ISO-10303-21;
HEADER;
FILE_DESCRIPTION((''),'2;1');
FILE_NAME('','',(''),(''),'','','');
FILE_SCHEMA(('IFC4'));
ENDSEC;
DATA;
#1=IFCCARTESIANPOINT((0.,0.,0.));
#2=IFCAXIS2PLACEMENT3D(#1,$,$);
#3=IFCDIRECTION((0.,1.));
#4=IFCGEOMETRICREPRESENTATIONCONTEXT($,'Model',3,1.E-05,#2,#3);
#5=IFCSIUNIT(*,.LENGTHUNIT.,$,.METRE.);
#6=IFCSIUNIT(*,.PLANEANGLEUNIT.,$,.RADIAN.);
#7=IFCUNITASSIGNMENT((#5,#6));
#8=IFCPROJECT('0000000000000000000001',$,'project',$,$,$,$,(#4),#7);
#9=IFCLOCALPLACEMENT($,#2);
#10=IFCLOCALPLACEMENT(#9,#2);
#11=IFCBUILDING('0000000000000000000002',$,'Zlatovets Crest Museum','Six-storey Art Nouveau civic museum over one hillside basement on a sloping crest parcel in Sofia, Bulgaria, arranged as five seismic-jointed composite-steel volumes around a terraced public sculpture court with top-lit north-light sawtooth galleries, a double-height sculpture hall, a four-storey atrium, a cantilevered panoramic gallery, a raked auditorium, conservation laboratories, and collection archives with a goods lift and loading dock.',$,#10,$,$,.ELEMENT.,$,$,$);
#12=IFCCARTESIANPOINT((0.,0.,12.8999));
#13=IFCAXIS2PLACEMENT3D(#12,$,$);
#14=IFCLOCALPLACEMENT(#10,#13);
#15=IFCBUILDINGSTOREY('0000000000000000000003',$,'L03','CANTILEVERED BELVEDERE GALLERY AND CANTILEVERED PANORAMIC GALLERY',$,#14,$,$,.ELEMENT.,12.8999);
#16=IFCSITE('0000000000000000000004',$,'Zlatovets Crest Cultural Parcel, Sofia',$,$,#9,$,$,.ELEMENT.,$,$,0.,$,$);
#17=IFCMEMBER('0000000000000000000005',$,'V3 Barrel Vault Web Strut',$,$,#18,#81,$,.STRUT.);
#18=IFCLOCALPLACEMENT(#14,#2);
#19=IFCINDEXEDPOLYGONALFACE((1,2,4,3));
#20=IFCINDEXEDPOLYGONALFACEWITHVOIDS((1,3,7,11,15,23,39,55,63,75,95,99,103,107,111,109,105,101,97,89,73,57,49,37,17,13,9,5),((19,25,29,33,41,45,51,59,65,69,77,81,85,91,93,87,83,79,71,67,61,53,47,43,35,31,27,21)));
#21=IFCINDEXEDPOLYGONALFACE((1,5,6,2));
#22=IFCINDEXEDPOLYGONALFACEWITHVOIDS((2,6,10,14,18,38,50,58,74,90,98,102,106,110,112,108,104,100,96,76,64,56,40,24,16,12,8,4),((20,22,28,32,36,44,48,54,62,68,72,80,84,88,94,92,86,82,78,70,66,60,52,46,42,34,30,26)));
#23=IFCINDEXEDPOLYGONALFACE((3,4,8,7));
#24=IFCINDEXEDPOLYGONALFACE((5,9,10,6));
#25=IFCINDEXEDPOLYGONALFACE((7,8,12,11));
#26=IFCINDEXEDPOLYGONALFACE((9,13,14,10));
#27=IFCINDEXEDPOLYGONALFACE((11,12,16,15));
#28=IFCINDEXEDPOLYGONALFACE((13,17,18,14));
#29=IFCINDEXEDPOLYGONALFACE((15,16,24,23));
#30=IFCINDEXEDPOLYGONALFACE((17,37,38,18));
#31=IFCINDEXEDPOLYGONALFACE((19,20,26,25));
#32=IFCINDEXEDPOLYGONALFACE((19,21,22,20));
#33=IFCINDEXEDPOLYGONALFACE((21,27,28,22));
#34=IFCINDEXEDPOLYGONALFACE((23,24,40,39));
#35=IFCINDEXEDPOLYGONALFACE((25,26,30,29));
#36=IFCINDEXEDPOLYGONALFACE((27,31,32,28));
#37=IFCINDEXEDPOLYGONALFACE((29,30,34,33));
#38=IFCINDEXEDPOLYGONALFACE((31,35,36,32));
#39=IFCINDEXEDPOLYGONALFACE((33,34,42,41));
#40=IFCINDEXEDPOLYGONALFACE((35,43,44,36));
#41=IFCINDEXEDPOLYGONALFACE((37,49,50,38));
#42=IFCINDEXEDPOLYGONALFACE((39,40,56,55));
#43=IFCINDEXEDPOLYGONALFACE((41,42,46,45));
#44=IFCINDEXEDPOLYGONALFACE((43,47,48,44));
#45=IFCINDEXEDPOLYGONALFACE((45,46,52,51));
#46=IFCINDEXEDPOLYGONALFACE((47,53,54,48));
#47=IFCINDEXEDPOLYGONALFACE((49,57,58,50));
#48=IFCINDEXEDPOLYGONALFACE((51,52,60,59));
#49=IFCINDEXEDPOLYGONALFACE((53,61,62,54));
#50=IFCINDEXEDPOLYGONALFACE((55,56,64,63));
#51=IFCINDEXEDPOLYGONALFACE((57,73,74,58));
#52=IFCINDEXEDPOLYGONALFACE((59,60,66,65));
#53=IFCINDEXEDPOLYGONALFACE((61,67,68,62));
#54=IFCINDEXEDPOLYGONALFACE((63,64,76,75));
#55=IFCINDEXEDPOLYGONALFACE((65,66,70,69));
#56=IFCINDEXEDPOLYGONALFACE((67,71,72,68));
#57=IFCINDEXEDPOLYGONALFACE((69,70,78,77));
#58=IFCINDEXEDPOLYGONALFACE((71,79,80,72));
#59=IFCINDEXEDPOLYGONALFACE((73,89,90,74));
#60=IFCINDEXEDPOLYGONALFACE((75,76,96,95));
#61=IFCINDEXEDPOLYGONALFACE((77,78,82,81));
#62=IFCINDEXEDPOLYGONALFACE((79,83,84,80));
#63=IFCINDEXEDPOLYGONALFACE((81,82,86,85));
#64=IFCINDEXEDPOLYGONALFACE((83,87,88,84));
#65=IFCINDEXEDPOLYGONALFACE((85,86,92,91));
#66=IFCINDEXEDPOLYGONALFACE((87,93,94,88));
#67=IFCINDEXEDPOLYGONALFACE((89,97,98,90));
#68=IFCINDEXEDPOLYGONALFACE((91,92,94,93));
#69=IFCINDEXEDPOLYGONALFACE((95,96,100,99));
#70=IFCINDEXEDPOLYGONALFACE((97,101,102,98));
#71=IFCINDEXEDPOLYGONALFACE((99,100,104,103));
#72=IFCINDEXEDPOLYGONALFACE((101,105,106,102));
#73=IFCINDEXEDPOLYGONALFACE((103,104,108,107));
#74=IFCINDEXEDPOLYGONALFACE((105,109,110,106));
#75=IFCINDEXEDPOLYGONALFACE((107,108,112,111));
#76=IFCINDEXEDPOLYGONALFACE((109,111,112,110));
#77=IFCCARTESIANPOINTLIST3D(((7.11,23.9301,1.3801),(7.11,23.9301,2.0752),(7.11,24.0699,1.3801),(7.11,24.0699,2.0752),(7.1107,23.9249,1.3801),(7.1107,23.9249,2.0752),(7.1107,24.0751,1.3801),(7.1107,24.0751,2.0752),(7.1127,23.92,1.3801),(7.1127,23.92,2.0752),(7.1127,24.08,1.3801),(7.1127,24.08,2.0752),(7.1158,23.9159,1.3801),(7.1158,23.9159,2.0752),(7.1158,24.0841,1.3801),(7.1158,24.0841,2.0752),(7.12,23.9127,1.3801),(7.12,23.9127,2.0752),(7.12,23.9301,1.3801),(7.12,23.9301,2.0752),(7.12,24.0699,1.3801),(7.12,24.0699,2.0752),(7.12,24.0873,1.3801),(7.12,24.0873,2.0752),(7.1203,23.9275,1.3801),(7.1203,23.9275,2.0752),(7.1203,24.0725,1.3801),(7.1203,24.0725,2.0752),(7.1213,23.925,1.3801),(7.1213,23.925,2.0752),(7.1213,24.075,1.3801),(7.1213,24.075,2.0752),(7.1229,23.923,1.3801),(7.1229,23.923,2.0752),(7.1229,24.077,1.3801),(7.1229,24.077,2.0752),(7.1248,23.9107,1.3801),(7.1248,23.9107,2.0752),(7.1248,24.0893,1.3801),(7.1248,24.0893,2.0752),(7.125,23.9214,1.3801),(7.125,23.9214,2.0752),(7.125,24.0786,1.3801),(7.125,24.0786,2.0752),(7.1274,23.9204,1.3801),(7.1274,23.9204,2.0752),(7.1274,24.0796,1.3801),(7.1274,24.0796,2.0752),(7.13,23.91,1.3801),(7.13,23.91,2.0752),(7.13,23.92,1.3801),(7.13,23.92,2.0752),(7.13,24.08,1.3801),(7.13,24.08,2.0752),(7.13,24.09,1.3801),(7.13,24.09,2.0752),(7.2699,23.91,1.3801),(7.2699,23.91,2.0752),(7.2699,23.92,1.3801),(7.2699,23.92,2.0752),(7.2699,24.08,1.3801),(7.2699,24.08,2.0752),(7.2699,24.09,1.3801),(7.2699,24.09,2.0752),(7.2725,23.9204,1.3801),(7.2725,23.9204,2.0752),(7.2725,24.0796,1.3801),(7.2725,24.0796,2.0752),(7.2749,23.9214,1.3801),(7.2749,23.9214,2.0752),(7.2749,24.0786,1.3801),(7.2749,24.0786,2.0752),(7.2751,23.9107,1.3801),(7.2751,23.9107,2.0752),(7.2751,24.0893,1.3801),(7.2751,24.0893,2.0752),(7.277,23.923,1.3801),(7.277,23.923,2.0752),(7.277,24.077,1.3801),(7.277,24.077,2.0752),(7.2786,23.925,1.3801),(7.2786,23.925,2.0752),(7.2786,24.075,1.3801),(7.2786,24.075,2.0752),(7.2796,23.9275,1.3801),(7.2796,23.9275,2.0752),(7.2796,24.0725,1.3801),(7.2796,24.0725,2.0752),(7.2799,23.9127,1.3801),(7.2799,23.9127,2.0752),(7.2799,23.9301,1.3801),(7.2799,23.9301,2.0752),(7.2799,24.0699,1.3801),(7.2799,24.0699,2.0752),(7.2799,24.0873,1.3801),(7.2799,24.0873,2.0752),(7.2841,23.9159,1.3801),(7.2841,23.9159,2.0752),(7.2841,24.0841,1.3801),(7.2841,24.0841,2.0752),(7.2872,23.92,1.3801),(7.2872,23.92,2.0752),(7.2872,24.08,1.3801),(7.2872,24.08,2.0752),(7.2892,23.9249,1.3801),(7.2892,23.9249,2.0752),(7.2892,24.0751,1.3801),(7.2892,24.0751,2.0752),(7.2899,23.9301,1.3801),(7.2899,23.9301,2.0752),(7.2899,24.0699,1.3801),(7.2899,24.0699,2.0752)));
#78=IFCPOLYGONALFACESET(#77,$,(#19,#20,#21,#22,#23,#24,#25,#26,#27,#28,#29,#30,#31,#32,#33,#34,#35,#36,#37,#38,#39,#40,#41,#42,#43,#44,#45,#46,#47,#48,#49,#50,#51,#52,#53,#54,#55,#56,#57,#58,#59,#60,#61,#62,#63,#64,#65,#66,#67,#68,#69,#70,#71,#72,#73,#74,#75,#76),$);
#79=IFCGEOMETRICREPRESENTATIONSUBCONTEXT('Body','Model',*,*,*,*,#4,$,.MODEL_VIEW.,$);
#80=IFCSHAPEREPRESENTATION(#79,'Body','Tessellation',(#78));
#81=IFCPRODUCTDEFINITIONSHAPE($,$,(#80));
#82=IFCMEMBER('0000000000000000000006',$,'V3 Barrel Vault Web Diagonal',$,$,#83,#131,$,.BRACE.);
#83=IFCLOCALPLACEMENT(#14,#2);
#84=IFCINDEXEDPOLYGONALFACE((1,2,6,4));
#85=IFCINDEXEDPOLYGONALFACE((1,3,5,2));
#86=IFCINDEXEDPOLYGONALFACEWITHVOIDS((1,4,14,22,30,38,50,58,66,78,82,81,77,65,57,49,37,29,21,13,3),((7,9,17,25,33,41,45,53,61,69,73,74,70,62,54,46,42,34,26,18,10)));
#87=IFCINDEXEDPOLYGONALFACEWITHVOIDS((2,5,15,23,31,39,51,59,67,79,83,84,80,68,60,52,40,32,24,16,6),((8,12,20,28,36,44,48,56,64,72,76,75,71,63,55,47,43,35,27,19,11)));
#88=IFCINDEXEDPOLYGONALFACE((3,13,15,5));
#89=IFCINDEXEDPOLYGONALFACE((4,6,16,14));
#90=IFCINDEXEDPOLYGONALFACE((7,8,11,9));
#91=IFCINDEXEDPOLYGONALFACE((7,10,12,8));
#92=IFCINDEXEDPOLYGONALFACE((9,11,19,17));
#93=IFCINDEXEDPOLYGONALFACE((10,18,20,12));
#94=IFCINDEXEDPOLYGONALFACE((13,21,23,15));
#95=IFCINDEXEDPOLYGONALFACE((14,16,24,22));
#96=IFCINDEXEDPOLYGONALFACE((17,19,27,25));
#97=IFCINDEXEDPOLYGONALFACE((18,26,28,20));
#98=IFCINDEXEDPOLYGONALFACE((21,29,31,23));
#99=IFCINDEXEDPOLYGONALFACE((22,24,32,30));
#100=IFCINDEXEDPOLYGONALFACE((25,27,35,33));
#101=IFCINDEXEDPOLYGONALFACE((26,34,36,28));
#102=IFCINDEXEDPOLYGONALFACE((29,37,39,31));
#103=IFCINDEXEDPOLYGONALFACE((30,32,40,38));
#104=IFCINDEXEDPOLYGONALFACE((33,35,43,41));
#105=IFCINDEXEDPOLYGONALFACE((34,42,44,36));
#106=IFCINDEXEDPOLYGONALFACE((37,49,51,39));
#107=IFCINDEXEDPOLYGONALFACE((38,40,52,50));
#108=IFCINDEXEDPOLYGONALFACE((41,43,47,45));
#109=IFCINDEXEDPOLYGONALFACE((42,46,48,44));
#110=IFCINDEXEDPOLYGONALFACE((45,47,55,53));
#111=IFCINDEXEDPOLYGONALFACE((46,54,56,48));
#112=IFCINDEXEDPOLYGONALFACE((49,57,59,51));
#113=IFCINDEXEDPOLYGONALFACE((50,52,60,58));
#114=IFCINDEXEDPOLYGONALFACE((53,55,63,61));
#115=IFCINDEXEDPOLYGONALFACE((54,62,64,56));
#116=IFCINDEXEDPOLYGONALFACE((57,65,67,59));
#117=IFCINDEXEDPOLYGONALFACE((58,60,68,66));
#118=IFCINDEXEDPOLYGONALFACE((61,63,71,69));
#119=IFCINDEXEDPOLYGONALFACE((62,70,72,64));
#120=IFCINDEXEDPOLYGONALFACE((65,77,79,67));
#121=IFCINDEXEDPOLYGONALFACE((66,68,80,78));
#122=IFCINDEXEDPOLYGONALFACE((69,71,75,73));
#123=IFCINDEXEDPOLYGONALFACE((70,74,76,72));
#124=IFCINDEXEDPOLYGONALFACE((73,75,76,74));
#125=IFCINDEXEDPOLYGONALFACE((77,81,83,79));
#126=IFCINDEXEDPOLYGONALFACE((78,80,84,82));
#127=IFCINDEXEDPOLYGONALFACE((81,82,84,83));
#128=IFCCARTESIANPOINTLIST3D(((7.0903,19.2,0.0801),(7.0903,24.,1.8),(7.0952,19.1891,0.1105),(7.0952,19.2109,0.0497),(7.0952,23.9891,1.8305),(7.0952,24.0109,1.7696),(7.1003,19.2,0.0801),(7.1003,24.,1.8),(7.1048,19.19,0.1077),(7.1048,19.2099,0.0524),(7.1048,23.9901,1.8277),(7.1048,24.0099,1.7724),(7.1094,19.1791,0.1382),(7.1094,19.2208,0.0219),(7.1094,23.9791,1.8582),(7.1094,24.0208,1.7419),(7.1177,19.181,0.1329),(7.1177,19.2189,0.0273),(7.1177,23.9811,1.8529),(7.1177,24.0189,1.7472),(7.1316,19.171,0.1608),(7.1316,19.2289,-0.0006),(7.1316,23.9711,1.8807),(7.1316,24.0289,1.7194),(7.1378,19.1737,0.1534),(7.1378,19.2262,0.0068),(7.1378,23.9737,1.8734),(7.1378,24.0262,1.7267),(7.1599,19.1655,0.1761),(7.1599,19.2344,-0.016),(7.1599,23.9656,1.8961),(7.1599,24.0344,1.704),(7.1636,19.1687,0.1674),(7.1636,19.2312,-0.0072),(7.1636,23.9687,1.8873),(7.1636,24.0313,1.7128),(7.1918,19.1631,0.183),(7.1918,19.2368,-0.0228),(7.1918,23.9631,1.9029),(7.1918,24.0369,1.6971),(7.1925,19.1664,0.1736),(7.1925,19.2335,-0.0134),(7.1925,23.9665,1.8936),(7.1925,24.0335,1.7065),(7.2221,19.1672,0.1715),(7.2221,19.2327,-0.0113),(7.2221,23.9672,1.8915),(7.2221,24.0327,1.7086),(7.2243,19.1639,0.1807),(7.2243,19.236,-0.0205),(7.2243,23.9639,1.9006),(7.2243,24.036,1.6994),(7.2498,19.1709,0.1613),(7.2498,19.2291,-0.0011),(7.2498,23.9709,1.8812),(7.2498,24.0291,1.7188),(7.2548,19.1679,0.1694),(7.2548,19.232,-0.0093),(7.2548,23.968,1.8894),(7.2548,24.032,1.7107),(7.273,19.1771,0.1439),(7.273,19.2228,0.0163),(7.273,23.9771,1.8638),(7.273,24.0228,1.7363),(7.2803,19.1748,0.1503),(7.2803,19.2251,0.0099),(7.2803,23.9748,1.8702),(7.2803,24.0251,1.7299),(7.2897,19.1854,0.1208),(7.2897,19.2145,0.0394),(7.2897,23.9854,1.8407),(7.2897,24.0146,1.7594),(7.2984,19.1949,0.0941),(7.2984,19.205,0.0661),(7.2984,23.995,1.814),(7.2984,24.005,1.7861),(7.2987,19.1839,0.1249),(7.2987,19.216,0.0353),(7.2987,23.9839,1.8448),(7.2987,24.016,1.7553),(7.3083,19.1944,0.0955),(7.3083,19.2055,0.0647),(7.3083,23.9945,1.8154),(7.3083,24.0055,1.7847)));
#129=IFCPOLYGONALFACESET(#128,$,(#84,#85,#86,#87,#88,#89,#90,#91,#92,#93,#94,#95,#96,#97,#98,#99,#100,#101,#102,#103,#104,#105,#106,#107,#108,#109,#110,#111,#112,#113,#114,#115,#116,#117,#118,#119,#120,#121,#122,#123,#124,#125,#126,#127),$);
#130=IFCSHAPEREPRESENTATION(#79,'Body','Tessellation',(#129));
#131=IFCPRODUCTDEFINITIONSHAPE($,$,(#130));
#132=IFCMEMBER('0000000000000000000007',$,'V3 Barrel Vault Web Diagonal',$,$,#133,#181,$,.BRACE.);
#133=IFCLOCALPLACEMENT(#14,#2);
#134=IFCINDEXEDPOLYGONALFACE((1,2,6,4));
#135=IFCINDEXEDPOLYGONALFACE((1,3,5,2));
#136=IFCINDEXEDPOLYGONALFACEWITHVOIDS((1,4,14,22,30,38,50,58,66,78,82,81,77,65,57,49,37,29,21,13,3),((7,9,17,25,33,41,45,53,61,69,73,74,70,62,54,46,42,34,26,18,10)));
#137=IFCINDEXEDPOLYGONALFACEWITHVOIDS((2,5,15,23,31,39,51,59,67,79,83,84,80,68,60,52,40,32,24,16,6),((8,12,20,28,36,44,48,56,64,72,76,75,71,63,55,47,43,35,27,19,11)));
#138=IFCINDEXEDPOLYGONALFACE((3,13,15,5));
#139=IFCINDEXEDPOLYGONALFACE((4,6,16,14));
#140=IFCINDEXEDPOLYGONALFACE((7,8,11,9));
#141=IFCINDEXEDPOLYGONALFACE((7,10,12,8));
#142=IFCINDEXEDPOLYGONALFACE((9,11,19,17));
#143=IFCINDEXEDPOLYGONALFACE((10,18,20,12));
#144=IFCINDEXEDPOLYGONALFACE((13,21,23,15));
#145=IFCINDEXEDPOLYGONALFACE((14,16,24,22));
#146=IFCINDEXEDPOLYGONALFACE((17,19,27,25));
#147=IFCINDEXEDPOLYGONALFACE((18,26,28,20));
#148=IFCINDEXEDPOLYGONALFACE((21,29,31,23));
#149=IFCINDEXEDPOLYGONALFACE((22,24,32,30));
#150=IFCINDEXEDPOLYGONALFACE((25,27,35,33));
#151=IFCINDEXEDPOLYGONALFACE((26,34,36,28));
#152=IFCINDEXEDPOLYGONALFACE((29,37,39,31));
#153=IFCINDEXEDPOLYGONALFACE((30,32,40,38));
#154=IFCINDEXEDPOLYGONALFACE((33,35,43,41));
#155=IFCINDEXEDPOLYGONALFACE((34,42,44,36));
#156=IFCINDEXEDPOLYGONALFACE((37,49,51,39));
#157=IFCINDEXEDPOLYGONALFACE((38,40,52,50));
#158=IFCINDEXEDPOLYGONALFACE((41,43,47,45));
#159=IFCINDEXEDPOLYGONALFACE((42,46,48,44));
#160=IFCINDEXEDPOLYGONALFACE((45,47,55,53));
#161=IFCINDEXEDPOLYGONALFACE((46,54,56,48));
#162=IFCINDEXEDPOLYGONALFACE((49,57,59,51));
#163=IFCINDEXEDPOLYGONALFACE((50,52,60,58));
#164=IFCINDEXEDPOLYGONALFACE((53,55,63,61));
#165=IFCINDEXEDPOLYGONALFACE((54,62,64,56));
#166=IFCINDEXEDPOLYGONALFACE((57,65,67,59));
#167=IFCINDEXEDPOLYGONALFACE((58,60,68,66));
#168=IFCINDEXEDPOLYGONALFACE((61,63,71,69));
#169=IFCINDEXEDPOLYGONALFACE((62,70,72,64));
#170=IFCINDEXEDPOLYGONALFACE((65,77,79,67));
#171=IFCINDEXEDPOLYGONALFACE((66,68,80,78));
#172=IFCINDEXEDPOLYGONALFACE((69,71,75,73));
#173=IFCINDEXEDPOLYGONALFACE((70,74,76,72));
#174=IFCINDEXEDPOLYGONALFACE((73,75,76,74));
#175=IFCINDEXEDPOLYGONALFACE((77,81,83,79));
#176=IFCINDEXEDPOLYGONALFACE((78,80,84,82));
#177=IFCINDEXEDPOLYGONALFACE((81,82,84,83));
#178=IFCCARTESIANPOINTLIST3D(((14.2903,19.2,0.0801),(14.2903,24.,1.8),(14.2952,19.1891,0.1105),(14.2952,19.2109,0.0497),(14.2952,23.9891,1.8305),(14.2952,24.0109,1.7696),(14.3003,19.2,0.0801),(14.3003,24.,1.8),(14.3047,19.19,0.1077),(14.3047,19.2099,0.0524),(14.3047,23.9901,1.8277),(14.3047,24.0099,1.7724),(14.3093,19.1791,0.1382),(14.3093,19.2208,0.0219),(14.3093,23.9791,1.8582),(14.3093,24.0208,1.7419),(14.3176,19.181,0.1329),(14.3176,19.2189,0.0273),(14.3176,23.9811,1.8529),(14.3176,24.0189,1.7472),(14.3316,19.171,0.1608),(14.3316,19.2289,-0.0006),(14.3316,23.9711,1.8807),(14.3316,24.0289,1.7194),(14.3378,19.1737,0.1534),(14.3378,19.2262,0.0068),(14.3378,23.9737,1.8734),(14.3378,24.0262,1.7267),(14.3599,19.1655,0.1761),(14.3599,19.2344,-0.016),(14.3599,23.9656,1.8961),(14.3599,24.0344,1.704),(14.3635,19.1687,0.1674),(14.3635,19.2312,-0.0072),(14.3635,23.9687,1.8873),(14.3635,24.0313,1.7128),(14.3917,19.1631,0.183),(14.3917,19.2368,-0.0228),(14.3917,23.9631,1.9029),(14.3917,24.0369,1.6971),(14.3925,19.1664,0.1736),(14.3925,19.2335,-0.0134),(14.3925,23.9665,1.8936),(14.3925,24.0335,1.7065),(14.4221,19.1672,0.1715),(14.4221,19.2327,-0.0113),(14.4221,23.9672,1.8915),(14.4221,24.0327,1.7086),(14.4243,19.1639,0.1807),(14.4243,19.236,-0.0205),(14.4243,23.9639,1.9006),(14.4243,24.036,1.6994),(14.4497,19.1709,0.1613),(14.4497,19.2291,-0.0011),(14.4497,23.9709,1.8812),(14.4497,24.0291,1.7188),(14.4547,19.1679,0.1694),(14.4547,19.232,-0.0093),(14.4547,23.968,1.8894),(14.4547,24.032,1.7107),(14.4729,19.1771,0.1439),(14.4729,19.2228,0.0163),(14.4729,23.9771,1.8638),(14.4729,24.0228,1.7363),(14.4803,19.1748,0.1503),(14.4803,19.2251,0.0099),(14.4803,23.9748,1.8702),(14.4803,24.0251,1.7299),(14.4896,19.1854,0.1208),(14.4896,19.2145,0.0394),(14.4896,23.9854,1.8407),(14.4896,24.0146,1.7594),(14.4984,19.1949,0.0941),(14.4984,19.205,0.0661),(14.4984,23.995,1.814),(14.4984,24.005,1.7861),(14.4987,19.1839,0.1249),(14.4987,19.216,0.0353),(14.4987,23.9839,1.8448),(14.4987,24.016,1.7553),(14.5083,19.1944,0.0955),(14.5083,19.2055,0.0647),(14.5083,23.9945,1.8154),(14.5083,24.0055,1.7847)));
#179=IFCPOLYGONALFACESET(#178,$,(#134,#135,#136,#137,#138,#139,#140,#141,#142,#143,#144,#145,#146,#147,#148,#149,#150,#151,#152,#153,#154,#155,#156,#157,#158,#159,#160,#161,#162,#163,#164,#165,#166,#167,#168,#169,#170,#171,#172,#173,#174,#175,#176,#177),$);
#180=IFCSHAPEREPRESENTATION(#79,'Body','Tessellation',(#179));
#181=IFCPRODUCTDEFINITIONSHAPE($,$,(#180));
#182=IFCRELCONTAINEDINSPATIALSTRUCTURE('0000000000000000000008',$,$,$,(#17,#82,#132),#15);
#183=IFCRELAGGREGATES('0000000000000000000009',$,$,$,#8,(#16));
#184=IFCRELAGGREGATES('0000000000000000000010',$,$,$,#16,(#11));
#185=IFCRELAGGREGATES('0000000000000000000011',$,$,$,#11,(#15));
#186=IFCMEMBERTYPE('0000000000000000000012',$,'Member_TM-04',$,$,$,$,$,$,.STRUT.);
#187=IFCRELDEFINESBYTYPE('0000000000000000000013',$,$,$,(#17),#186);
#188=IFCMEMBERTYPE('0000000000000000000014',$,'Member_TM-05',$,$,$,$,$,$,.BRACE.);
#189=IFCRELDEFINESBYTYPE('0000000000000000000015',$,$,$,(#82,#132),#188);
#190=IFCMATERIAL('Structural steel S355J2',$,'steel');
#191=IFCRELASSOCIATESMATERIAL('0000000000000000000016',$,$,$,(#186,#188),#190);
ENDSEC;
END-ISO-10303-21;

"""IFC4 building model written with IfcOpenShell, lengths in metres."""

from ifc_helpers import new_model, si_unit, direction, frame, origin, origin_2d, place, context, subcontext, project, spatial, hollow_rectangle, hollow_circle, extrude, material, material_profile, profile_set, type_object, element, save


model = new_model("IFC4")

# Units and contexts
model_context = context("Model", 3, precision=1e-05, world=origin(), true_north=direction((0.0, 1.0)))
body_context = subcontext(model_context, "Body", "Model", "MODEL_VIEW")
ifc_project = project(units=[si_unit("LENGTHUNIT", "METRE"), si_unit("PLANEANGLEUNIT", "RADIAN")], contexts=[model_context])

# Site, building, storey
site_placement = place(None, origin())
site = spatial("IfcSite", under=ifc_project, at=site_placement, Name="Zlatovets Crest Cultural Parcel, Sofia", CompositionType="ELEMENT", RefElevation=0.0)
building_placement = place(site_placement, origin())
building = spatial("IfcBuilding", under=site, at=building_placement, Name="Zlatovets Crest Museum", Description="Six-storey Art Nouveau civic museum over one hillside basement on a sloping crest parcel in Sofia, Bulgaria, arranged as five seismic-jointed composite-steel volumes around a terraced public sculpture court with top-lit north-light sawtooth galleries, a double-height sculpture hall, a four-storey atrium, a cantilevered panoramic gallery, a raked auditorium, conservation laboratories, and collection archives with a goods lift and loading dock.", CompositionType="ELEMENT")
storey_placement = place(building_placement, frame((0.0, 0.0, 12.8999)))
storey = spatial("IfcBuildingStorey", under=building, at=storey_placement, Name="L03", Description="CANTILEVERED BELVEDERE GALLERY AND CANTILEVERED PANORAMIC GALLERY", CompositionType="ELEMENT", Elevation=12.8999)

# Shared definitions
ifc_material_1 = material(Name="Structural steel S355J2", Category="steel")

# Members
ifc_material_profile_1 = material_profile(ifc_material_1, hollow_rectangle(XDim=0.1799, YDim=0.1799, WallThickness=0.01, InnerFilletRadius=0.01, OuterFilletRadius=0.02, at=origin_2d()), Name="SHS 180x180x10.0")
ifc_profile_set_1 = profile_set([ifc_material_profile_1], Name="Structural steel S355J2")
member_type_1 = type_object("IfcMemberType", Name="Member_TM-04", PredefinedType="STRUT", material=ifc_profile_set_1)
member_1_placement = place(storey_placement, frame((7.2, 24.0, 1.3801), z_axis=(0.0, 0.0, 1.0), x_axis=(1.0, 0.0, 0.0)))
element("IfcMember", 1, at=member_1_placement, inside=storey, type_object=member_type_1, Name="V3 Barrel Vault Web Strut", PredefinedType="STRUT", context=body_context, shape_type="SweptSolid", body=[
    extrude(hollow_rectangle(XDim=0.1799, YDim=0.1799, WallThickness=0.01, InnerFilletRadius=0.01, OuterFilletRadius=0.02, at=origin_2d()), origin(), (0.0, 0.0, 1.0), 0.6951),
])
ifc_material_profile_2 = material_profile(ifc_material_1, hollow_circle(Radius=0.1096, WallThickness=0.01, at=origin_2d()), Name="CHS 219.1x10.0")
ifc_profile_set_2 = profile_set([ifc_material_profile_2], Name="Structural steel S355J2")
member_type_2 = type_object("IfcMemberType", Name="Member_TM-05", PredefinedType="BRACE", material=ifc_profile_set_2)
for number, where, z_axis, x_axis, name in (
    (2, (7.2, 19.2, 0.0801), (0.0, 0.941389, 0.337322), (-1.0, 0.0, 0.0), "V3 Barrel Vault Web Diagonal"),
    (3, (14.3999, 19.2, 0.0801), (0.0, 0.941389, 0.337322), (-1.0, 0.0, 0.0), "V3 Barrel Vault Web Diagonal"),
):
    element("IfcMember", number, at=place(storey_placement, frame(where, z_axis=z_axis, x_axis=x_axis)), inside=storey, type_object=member_type_2, Name=name, PredefinedType="BRACE", context=body_context, shape_type="SweptSolid", body=[
        extrude(hollow_circle(Radius=0.1096, WallThickness=0.01, at=origin_2d()), origin(), (0.0, 0.0, 1.0), 5.0989),
    ])

save(model, "model.ifc")
